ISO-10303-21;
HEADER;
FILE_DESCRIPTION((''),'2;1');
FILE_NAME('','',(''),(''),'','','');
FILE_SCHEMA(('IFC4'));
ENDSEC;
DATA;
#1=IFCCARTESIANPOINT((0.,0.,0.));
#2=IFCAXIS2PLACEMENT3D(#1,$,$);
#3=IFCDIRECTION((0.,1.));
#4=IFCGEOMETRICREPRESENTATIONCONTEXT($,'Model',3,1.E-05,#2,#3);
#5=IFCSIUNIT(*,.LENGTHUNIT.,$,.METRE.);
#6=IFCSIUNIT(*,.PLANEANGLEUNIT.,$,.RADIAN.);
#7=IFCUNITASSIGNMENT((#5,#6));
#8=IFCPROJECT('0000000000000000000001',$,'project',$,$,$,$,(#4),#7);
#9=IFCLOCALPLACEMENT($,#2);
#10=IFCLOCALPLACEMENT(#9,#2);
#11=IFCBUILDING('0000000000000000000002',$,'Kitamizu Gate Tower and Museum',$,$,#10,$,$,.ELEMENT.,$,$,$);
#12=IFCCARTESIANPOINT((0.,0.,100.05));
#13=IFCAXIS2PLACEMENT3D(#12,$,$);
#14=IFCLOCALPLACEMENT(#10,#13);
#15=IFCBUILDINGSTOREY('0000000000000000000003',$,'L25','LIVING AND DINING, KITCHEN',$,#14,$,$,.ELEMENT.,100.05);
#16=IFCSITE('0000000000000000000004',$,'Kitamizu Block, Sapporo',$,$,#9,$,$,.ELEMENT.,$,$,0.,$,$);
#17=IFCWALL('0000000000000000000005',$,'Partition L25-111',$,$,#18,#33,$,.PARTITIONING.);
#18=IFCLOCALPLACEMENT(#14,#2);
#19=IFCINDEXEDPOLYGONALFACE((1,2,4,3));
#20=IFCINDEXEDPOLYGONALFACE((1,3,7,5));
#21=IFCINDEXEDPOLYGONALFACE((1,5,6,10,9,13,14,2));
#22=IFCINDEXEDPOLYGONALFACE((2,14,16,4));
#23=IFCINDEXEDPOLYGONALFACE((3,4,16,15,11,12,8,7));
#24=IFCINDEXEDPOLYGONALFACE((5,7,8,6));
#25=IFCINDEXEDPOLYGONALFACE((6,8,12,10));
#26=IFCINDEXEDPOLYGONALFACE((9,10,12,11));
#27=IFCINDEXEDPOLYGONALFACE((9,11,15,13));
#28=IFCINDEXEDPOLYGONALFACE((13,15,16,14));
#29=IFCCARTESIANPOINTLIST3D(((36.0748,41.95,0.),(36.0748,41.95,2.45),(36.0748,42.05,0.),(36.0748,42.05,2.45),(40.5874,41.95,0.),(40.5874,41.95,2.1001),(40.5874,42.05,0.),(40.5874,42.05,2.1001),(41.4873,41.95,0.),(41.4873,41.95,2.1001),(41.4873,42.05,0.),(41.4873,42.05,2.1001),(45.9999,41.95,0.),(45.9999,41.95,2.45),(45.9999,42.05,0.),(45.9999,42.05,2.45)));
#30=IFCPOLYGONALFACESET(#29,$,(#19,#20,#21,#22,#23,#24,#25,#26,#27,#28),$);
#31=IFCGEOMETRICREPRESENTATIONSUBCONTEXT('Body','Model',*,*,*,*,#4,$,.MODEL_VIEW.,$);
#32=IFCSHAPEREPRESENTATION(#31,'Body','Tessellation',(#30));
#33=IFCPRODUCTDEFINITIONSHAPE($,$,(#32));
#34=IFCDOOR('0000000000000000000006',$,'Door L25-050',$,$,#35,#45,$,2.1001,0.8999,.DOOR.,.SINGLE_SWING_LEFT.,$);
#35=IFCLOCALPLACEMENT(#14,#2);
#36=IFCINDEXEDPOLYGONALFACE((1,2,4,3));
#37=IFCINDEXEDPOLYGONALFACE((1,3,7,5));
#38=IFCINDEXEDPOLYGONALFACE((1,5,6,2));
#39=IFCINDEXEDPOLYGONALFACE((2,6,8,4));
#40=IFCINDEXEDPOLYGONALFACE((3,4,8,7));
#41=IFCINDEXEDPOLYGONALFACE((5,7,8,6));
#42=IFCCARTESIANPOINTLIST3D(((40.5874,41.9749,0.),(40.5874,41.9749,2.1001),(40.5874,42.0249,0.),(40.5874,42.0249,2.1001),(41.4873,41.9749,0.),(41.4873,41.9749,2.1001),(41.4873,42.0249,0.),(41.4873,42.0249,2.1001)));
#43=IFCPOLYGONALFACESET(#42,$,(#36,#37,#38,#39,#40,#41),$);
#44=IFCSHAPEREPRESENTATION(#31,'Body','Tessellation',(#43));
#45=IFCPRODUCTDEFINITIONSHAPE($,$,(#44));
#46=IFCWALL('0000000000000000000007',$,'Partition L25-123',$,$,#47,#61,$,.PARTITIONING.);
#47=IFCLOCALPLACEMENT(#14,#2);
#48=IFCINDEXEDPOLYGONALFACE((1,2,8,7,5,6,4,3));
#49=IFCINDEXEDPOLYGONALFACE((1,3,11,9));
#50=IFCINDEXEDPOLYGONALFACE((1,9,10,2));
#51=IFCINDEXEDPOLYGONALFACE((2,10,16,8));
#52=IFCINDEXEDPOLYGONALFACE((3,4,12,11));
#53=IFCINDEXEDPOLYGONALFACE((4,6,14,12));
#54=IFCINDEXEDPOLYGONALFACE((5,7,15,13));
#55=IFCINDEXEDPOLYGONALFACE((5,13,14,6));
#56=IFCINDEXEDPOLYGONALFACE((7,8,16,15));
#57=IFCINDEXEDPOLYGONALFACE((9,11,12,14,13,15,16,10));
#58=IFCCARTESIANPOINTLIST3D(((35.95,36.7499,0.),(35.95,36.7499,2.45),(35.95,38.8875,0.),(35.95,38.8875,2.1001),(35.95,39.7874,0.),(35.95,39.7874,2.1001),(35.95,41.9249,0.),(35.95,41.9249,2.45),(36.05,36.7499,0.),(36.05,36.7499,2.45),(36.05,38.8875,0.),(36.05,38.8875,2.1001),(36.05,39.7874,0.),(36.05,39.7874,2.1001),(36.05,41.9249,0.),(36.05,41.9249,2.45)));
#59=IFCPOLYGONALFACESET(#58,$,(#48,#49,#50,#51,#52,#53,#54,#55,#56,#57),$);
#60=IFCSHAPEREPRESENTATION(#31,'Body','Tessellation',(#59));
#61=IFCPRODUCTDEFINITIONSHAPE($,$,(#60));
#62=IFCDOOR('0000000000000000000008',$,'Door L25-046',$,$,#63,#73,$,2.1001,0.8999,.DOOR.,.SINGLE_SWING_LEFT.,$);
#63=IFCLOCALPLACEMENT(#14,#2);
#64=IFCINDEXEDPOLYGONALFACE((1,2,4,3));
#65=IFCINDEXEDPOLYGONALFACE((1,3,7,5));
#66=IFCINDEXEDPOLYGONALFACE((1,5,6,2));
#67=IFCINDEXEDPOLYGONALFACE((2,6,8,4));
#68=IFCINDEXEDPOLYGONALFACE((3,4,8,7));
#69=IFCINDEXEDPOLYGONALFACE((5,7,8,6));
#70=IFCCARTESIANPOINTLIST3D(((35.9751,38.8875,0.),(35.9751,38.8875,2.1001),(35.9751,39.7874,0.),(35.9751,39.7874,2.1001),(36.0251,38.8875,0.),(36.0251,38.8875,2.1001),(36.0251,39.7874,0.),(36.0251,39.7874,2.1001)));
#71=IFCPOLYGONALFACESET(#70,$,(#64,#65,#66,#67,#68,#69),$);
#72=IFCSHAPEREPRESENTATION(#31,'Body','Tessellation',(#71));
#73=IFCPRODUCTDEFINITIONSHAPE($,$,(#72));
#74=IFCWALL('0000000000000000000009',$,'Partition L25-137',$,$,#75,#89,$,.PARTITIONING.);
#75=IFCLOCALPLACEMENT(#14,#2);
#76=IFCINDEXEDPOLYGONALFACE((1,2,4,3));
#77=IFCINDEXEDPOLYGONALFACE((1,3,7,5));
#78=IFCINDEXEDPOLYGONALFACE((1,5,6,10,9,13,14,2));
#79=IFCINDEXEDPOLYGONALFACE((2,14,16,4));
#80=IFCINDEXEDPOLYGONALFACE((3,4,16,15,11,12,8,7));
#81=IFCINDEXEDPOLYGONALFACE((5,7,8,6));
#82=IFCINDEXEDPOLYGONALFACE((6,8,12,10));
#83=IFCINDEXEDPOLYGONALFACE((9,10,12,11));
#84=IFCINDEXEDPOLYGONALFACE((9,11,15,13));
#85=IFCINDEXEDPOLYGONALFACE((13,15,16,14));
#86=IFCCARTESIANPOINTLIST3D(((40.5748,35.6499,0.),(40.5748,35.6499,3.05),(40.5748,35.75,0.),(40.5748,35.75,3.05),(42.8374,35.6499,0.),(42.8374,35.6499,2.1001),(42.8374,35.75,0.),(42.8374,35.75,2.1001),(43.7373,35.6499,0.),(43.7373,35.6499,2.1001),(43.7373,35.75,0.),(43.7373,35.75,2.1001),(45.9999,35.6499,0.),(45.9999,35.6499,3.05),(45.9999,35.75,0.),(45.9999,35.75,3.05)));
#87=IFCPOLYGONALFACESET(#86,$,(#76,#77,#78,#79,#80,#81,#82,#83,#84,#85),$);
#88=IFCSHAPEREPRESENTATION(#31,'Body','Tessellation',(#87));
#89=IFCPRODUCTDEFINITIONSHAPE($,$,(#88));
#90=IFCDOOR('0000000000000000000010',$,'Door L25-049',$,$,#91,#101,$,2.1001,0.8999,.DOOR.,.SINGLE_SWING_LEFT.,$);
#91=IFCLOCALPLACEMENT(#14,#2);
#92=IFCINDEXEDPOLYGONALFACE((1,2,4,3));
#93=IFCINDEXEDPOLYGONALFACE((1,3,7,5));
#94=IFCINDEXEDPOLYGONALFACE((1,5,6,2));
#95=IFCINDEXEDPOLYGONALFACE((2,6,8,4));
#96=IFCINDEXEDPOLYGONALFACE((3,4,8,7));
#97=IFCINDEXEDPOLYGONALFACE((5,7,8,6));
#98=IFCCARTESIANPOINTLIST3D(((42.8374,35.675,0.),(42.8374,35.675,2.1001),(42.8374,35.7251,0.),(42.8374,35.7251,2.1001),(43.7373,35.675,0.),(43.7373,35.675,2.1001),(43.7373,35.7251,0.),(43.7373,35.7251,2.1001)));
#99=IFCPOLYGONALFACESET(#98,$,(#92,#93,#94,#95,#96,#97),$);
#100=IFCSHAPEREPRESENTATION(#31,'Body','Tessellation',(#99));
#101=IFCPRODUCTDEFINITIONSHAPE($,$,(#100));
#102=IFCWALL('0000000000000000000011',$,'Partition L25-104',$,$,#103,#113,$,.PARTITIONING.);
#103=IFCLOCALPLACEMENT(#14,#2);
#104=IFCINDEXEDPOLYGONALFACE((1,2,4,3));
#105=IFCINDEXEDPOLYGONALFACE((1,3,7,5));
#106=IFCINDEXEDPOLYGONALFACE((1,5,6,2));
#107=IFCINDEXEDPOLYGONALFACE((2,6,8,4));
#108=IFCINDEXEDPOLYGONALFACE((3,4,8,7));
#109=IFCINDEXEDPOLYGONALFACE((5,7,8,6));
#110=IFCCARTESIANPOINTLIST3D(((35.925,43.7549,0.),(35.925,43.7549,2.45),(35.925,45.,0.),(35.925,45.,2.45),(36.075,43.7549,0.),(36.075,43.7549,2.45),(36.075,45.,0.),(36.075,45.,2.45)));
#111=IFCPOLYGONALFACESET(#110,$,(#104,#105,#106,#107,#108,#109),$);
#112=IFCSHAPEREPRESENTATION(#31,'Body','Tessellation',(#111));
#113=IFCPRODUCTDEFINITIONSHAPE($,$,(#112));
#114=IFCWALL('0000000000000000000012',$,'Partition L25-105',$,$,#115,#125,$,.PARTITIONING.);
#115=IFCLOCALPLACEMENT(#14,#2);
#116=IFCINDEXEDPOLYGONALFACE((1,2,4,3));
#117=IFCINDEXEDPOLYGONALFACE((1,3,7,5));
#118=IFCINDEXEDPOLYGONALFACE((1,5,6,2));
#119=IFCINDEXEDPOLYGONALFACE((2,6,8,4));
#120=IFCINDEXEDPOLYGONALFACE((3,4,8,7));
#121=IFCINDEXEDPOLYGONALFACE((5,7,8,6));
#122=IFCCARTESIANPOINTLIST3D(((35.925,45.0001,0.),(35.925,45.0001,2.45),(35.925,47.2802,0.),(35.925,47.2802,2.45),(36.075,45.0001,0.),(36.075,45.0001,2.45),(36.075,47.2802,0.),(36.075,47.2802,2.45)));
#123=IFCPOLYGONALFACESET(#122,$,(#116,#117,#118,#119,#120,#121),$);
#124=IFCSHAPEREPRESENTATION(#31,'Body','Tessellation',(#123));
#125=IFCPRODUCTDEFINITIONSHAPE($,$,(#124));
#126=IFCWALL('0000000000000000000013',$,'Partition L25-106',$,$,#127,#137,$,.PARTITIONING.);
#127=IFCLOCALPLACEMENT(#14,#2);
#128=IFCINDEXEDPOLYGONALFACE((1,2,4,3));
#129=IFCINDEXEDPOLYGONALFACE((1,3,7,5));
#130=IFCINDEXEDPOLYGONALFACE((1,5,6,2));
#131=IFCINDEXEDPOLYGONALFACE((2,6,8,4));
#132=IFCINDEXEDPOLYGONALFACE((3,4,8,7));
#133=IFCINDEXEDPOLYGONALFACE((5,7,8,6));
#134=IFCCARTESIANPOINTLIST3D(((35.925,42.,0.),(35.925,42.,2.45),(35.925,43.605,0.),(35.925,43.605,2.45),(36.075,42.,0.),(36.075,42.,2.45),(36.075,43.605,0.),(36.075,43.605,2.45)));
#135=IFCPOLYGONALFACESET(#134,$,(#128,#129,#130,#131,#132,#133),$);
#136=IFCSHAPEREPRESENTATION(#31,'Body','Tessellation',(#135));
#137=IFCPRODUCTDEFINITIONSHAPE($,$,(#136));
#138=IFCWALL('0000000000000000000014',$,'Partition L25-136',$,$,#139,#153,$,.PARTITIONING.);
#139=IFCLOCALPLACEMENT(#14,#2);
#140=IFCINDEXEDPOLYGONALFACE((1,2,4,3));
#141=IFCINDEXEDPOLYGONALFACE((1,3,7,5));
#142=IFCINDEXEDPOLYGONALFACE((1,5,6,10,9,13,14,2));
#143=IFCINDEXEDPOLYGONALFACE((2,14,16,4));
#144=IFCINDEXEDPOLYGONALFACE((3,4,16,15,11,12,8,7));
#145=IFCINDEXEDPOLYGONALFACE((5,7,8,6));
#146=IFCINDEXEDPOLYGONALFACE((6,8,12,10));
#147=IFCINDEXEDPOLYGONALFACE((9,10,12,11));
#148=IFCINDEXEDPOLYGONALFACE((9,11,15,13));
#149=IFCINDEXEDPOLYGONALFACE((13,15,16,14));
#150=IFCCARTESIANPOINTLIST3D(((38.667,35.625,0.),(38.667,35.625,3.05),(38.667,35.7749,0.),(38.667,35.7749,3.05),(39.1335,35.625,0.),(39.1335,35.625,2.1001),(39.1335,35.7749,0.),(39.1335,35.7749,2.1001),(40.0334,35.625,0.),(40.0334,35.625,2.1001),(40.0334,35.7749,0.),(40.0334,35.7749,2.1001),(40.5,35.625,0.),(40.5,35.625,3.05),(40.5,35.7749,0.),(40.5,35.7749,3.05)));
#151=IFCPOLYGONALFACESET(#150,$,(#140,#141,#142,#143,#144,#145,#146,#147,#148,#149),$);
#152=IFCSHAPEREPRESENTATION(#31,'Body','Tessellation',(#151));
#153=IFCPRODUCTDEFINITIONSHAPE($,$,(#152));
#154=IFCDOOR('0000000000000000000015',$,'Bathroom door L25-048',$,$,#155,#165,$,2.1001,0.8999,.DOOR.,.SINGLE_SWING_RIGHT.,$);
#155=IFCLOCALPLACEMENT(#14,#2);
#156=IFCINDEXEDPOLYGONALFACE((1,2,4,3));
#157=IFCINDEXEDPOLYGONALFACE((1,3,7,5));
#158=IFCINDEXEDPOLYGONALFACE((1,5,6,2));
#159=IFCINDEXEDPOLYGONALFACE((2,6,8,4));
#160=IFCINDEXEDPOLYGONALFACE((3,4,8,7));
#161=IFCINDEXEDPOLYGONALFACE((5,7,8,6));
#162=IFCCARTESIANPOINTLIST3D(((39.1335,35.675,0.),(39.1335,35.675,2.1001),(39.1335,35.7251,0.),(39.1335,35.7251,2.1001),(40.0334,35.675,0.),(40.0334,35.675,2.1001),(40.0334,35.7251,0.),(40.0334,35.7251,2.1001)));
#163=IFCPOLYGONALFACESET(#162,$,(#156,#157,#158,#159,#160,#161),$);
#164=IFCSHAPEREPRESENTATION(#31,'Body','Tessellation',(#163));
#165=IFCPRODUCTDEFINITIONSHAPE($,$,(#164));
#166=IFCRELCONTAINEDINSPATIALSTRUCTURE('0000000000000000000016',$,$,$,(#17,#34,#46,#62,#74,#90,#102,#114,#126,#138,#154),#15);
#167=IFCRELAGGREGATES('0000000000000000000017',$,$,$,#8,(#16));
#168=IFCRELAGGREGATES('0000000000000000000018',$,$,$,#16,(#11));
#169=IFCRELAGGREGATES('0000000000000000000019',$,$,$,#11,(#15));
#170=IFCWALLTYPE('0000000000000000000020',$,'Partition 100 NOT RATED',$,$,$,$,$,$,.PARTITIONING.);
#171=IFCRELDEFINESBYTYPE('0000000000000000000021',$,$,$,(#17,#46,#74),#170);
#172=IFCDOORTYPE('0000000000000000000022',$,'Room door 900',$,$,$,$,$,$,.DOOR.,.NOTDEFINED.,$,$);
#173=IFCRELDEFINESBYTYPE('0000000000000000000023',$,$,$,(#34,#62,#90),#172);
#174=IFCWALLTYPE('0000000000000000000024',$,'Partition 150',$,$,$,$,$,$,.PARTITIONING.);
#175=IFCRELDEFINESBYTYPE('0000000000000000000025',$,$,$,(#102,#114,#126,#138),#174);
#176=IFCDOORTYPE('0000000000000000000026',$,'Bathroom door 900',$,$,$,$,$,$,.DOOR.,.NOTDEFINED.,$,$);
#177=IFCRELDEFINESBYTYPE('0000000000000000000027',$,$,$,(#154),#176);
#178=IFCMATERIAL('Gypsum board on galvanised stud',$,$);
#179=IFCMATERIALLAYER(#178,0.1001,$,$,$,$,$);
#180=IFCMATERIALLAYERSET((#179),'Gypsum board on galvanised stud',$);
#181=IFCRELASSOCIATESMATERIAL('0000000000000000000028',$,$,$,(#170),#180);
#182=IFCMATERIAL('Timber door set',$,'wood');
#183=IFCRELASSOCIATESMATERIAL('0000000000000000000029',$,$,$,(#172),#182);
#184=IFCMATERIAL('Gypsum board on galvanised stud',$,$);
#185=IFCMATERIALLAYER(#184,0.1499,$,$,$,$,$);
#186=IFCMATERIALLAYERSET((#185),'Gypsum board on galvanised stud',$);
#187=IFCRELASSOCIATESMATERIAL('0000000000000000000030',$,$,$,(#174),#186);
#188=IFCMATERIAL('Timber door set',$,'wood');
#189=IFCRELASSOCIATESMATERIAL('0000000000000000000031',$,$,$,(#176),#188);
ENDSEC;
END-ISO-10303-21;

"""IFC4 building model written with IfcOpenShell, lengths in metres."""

from ifc_helpers import new_model, si_unit, direction, frame, frame_2d, origin, place, context, subcontext, project, spatial, rectangle, extrude, material, layer, layer_set, type_object, element, fill, save


model = new_model("IFC4")

# Units and contexts
model_context = context("Model", 3, precision=1e-05, world=origin(), true_north=direction((0.0, 1.0)))
body_context = subcontext(model_context, "Body", "Model", "MODEL_VIEW")
ifc_project = project(units=[si_unit("LENGTHUNIT", "METRE"), si_unit("PLANEANGLEUNIT", "RADIAN")], contexts=[model_context])

# Site, building, storey
site_placement = place(None, origin())
site = spatial("IfcSite", under=ifc_project, at=site_placement, Name="Kitamizu Block, Sapporo", CompositionType="ELEMENT", RefElevation=0.0)
building_placement = place(site_placement, origin())
building = spatial("IfcBuilding", under=site, at=building_placement, Name="Kitamizu Gate Tower and Museum", CompositionType="ELEMENT")
storey_placement = place(building_placement, frame((0.0, 0.0, 100.05)))
storey = spatial("IfcBuildingStorey", under=building, at=storey_placement, Name="L25", Description="LIVING AND DINING, KITCHEN", CompositionType="ELEMENT", Elevation=100.05)

# Walls, openings, doors
ifc_material_1 = material(Name="Gypsum board on galvanised stud")
ifc_layer_1 = layer(ifc_material_1, 0.1001)
ifc_layer_set_1 = layer_set([ifc_layer_1], Name="Gypsum board on galvanised stud")
wall_type_1 = type_object("IfcWallType", Name="Partition 100 NOT RATED", PredefinedType="PARTITIONING", material=ifc_layer_set_1)
wall_1_placement = place(storey_placement, frame((36.075, 42.0, 0.0), z_axis=(0.0, 0.0, 1.0), x_axis=(1.0, 0.0, 0.0)))
wall_1 = element("IfcWall", 1, at=wall_1_placement, inside=storey, type_object=wall_type_1, Name="Partition L25-111", PredefinedType="PARTITIONING", context=body_context, shape_type="SweptSolid", body=[
    extrude(rectangle(XDim=9.925, YDim=0.1001, at=frame_2d((4.9624, 0.0))), origin(), (0.0, 0.0, 1.0), 2.45),
])
opening_1_placement = place(wall_1_placement, frame((4.5125, 0.0, 0.0)))
opening_1 = element("IfcOpeningElement", 2, at=opening_1_placement, cuts=wall_1, PredefinedType="OPENING", context=body_context, shape_type="SweptSolid", body=[
    extrude(rectangle(XDim=0.8999, YDim=2.1001, at=frame_2d((0.45, 1.05))), frame((0.0, 0.0601, 0.0), z_axis=(0.0, -1.0, 0.0), x_axis=(1.0, 0.0, 0.0)), (0.0, 0.0, 1.0), 0.1201),
])
ifc_material_2 = material(Name="Timber door set", Category="wood")
door_type_1 = type_object("IfcDoorType", Name="Room door 900", OperationType="NOTDEFINED", PredefinedType="DOOR", material=ifc_material_2)
door_1_placement = place(opening_1_placement, origin())
door_1 = element("IfcDoor", 3, at=door_1_placement, inside=storey, type_object=door_type_1, Name="Door L25-050", OperationType="SINGLE_SWING_LEFT", OverallHeight=2.1001, OverallWidth=0.8999, PredefinedType="DOOR", context=body_context, shape_type="SweptSolid", body=[
    extrude(rectangle(XDim=0.8999, YDim=2.1001, at=frame_2d((0.45, 1.05))), frame((0.0, 0.0249, 0.0), z_axis=(0.0, -1.0, 0.0), x_axis=(1.0, 0.0, 0.0)), (0.0, 0.0, 1.0), 0.05),
])
fill(opening_1, door_1)
wall_2_placement = place(storey_placement, frame((36.0, 36.75, 0.0), z_axis=(0.0, 0.0, 1.0), x_axis=(0.0, 1.0, 0.0)))
wall_2 = element("IfcWall", 4, at=wall_2_placement, inside=storey, type_object=wall_type_1, Name="Partition L25-123", PredefinedType="PARTITIONING", context=body_context, shape_type="SweptSolid", body=[
    extrude(rectangle(XDim=5.175, YDim=0.1001, at=frame_2d((2.5874, 0.0))), origin(), (0.0, 0.0, 1.0), 2.45),
])
opening_2_placement = place(wall_2_placement, frame((2.1375, 0.0, 0.0)))
opening_2 = element("IfcOpeningElement", 5, at=opening_2_placement, cuts=wall_2, PredefinedType="OPENING", context=body_context, shape_type="SweptSolid", body=[
    extrude(rectangle(XDim=0.8999, YDim=2.1001, at=frame_2d((0.45, 1.05))), frame((0.0, 0.0601, 0.0), z_axis=(0.0, -1.0, 0.0), x_axis=(1.0, 0.0, 0.0)), (0.0, 0.0, 1.0), 0.1201),
])
door_2_placement = place(opening_2_placement, origin())
door_2 = element("IfcDoor", 6, at=door_2_placement, inside=storey, type_object=door_type_1, Name="Door L25-046", OperationType="SINGLE_SWING_LEFT", OverallHeight=2.1001, OverallWidth=0.8999, PredefinedType="DOOR", context=body_context, shape_type="SweptSolid", body=[
    extrude(rectangle(XDim=0.8999, YDim=2.1001, at=frame_2d((0.45, 1.05))), frame((0.0, 0.0249, 0.0), z_axis=(0.0, -1.0, 0.0), x_axis=(1.0, 0.0, 0.0)), (0.0, 0.0, 1.0), 0.05),
])
fill(opening_2, door_2)
wall_3_placement = place(storey_placement, frame((40.575, 35.7, 0.0), z_axis=(0.0, 0.0, 1.0), x_axis=(1.0, 0.0, 0.0)))
wall_3 = element("IfcWall", 7, at=wall_3_placement, inside=storey, type_object=wall_type_1, Name="Partition L25-137", PredefinedType="PARTITIONING", context=body_context, shape_type="SweptSolid", body=[
    extrude(rectangle(XDim=5.425, YDim=0.1001, at=frame_2d((2.7124, 0.0))), origin(), (0.0, 0.0, 1.0), 3.05),
])
opening_3_placement = place(wall_3_placement, frame((2.2625, 0.0, 0.0)))
opening_3 = element("IfcOpeningElement", 8, at=opening_3_placement, cuts=wall_3, PredefinedType="OPENING", context=body_context, shape_type="SweptSolid", body=[
    extrude(rectangle(XDim=0.8999, YDim=2.1001, at=frame_2d((0.45, 1.05))), frame((0.0, 0.0601, 0.0), z_axis=(0.0, -1.0, 0.0), x_axis=(1.0, 0.0, 0.0)), (0.0, 0.0, 1.0), 0.1201),
])
door_3_placement = place(opening_3_placement, frame((0.8999, 0.0, 0.0), x_axis=(-1.0, 0.0, 0.0)))
door_3 = element("IfcDoor", 9, at=door_3_placement, inside=storey, type_object=door_type_1, Name="Door L25-049", OperationType="SINGLE_SWING_LEFT", OverallHeight=2.1001, OverallWidth=0.8999, PredefinedType="DOOR", context=body_context, shape_type="SweptSolid", body=[
    extrude(rectangle(XDim=0.8999, YDim=2.1001, at=frame_2d((0.45, 1.05))), frame((0.0, 0.0249, 0.0), z_axis=(0.0, -1.0, 0.0), x_axis=(1.0, 0.0, 0.0)), (0.0, 0.0, 1.0), 0.05),
])
fill(opening_3, door_3)

# Walls
ifc_material_3 = material(Name="Gypsum board on galvanised stud")
ifc_layer_2 = layer(ifc_material_3, 0.1499)
ifc_layer_set_2 = layer_set([ifc_layer_2], Name="Gypsum board on galvanised stud")
wall_type_2 = type_object("IfcWallType", Name="Partition 150", PredefinedType="PARTITIONING", material=ifc_layer_set_2)
wall_4_placement = place(storey_placement, frame((36.0, 43.7549, 0.0), z_axis=(0.0, 0.0, 1.0), x_axis=(0.0, 1.0, 0.0)))
element("IfcWall", 10, at=wall_4_placement, inside=storey, type_object=wall_type_2, Name="Partition L25-104", PredefinedType="PARTITIONING", context=body_context, shape_type="SweptSolid", body=[
    extrude(rectangle(XDim=1.2451, YDim=0.1499, at=frame_2d((0.6226, 0.0))), origin(), (0.0, 0.0, 1.0), 2.45),
])
wall_5_placement = place(storey_placement, frame((36.0, 45.0, 0.0), z_axis=(0.0, 0.0, 1.0), x_axis=(0.0, 1.0, 0.0)))
element("IfcWall", 11, at=wall_5_placement, inside=storey, type_object=wall_type_2, Name="Partition L25-105", PredefinedType="PARTITIONING", context=body_context, shape_type="SweptSolid", body=[
    extrude(rectangle(XDim=2.28, YDim=0.1499, at=frame_2d((1.1401, 0.0))), origin(), (0.0, 0.0, 1.0), 2.45),
])
wall_6_placement = place(storey_placement, frame((36.0, 42.0, 0.0), z_axis=(0.0, 0.0, 1.0), x_axis=(0.0, 1.0, 0.0)))
element("IfcWall", 12, at=wall_6_placement, inside=storey, type_object=wall_type_2, Name="Partition L25-106", PredefinedType="PARTITIONING", context=body_context, shape_type="SweptSolid", body=[
    extrude(rectangle(XDim=1.605, YDim=0.1499, at=frame_2d((0.8025, 0.0))), origin(), (0.0, 0.0, 1.0), 2.45),
])

# Wall, opening, door
wall_7_placement = place(storey_placement, frame((38.667, 35.7, 0.0), z_axis=(0.0, 0.0, 1.0), x_axis=(1.0, 0.0, 0.0)))
wall_7 = element("IfcWall", 13, at=wall_7_placement, inside=storey, type_object=wall_type_2, Name="Partition L25-136", PredefinedType="PARTITIONING", context=body_context, shape_type="SweptSolid", body=[
    extrude(rectangle(XDim=1.833, YDim=0.1499, at=frame_2d((0.9165, 0.0))), origin(), (0.0, 0.0, 1.0), 3.05),
])
opening_4_placement = place(wall_7_placement, frame((0.4666, 0.0, 0.0)))
opening_4 = element("IfcOpeningElement", 14, at=opening_4_placement, cuts=wall_7, PredefinedType="OPENING", context=body_context, shape_type="SweptSolid", body=[
    extrude(rectangle(XDim=0.8999, YDim=2.1001, at=frame_2d((0.45, 1.05))), frame((0.0, 0.085, 0.0), z_axis=(0.0, -1.0, 0.0), x_axis=(1.0, 0.0, 0.0)), (0.0, 0.0, 1.0), 0.1699),
])
ifc_material_4 = material(Name="Timber door set", Category="wood")
door_type_2 = type_object("IfcDoorType", Name="Bathroom door 900", OperationType="NOTDEFINED", PredefinedType="DOOR", material=ifc_material_4)
door_4_placement = place(opening_4_placement, frame((0.8999, 0.0, 0.0), x_axis=(-1.0, 0.0, 0.0)))
door_4 = element("IfcDoor", 15, at=door_4_placement, inside=storey, type_object=door_type_2, Name="Bathroom door L25-048", OperationType="SINGLE_SWING_RIGHT", OverallHeight=2.1001, OverallWidth=0.8999, PredefinedType="DOOR", context=body_context, shape_type="SweptSolid", body=[
    extrude(rectangle(XDim=0.8999, YDim=2.1001, at=frame_2d((0.45, 1.05))), frame((0.0, 0.0249, 0.0), z_axis=(0.0, -1.0, 0.0), x_axis=(1.0, 0.0, 0.0)), (0.0, 0.0, 1.0), 0.05),
])
fill(opening_4, door_4)

save(model, "model.ifc")
